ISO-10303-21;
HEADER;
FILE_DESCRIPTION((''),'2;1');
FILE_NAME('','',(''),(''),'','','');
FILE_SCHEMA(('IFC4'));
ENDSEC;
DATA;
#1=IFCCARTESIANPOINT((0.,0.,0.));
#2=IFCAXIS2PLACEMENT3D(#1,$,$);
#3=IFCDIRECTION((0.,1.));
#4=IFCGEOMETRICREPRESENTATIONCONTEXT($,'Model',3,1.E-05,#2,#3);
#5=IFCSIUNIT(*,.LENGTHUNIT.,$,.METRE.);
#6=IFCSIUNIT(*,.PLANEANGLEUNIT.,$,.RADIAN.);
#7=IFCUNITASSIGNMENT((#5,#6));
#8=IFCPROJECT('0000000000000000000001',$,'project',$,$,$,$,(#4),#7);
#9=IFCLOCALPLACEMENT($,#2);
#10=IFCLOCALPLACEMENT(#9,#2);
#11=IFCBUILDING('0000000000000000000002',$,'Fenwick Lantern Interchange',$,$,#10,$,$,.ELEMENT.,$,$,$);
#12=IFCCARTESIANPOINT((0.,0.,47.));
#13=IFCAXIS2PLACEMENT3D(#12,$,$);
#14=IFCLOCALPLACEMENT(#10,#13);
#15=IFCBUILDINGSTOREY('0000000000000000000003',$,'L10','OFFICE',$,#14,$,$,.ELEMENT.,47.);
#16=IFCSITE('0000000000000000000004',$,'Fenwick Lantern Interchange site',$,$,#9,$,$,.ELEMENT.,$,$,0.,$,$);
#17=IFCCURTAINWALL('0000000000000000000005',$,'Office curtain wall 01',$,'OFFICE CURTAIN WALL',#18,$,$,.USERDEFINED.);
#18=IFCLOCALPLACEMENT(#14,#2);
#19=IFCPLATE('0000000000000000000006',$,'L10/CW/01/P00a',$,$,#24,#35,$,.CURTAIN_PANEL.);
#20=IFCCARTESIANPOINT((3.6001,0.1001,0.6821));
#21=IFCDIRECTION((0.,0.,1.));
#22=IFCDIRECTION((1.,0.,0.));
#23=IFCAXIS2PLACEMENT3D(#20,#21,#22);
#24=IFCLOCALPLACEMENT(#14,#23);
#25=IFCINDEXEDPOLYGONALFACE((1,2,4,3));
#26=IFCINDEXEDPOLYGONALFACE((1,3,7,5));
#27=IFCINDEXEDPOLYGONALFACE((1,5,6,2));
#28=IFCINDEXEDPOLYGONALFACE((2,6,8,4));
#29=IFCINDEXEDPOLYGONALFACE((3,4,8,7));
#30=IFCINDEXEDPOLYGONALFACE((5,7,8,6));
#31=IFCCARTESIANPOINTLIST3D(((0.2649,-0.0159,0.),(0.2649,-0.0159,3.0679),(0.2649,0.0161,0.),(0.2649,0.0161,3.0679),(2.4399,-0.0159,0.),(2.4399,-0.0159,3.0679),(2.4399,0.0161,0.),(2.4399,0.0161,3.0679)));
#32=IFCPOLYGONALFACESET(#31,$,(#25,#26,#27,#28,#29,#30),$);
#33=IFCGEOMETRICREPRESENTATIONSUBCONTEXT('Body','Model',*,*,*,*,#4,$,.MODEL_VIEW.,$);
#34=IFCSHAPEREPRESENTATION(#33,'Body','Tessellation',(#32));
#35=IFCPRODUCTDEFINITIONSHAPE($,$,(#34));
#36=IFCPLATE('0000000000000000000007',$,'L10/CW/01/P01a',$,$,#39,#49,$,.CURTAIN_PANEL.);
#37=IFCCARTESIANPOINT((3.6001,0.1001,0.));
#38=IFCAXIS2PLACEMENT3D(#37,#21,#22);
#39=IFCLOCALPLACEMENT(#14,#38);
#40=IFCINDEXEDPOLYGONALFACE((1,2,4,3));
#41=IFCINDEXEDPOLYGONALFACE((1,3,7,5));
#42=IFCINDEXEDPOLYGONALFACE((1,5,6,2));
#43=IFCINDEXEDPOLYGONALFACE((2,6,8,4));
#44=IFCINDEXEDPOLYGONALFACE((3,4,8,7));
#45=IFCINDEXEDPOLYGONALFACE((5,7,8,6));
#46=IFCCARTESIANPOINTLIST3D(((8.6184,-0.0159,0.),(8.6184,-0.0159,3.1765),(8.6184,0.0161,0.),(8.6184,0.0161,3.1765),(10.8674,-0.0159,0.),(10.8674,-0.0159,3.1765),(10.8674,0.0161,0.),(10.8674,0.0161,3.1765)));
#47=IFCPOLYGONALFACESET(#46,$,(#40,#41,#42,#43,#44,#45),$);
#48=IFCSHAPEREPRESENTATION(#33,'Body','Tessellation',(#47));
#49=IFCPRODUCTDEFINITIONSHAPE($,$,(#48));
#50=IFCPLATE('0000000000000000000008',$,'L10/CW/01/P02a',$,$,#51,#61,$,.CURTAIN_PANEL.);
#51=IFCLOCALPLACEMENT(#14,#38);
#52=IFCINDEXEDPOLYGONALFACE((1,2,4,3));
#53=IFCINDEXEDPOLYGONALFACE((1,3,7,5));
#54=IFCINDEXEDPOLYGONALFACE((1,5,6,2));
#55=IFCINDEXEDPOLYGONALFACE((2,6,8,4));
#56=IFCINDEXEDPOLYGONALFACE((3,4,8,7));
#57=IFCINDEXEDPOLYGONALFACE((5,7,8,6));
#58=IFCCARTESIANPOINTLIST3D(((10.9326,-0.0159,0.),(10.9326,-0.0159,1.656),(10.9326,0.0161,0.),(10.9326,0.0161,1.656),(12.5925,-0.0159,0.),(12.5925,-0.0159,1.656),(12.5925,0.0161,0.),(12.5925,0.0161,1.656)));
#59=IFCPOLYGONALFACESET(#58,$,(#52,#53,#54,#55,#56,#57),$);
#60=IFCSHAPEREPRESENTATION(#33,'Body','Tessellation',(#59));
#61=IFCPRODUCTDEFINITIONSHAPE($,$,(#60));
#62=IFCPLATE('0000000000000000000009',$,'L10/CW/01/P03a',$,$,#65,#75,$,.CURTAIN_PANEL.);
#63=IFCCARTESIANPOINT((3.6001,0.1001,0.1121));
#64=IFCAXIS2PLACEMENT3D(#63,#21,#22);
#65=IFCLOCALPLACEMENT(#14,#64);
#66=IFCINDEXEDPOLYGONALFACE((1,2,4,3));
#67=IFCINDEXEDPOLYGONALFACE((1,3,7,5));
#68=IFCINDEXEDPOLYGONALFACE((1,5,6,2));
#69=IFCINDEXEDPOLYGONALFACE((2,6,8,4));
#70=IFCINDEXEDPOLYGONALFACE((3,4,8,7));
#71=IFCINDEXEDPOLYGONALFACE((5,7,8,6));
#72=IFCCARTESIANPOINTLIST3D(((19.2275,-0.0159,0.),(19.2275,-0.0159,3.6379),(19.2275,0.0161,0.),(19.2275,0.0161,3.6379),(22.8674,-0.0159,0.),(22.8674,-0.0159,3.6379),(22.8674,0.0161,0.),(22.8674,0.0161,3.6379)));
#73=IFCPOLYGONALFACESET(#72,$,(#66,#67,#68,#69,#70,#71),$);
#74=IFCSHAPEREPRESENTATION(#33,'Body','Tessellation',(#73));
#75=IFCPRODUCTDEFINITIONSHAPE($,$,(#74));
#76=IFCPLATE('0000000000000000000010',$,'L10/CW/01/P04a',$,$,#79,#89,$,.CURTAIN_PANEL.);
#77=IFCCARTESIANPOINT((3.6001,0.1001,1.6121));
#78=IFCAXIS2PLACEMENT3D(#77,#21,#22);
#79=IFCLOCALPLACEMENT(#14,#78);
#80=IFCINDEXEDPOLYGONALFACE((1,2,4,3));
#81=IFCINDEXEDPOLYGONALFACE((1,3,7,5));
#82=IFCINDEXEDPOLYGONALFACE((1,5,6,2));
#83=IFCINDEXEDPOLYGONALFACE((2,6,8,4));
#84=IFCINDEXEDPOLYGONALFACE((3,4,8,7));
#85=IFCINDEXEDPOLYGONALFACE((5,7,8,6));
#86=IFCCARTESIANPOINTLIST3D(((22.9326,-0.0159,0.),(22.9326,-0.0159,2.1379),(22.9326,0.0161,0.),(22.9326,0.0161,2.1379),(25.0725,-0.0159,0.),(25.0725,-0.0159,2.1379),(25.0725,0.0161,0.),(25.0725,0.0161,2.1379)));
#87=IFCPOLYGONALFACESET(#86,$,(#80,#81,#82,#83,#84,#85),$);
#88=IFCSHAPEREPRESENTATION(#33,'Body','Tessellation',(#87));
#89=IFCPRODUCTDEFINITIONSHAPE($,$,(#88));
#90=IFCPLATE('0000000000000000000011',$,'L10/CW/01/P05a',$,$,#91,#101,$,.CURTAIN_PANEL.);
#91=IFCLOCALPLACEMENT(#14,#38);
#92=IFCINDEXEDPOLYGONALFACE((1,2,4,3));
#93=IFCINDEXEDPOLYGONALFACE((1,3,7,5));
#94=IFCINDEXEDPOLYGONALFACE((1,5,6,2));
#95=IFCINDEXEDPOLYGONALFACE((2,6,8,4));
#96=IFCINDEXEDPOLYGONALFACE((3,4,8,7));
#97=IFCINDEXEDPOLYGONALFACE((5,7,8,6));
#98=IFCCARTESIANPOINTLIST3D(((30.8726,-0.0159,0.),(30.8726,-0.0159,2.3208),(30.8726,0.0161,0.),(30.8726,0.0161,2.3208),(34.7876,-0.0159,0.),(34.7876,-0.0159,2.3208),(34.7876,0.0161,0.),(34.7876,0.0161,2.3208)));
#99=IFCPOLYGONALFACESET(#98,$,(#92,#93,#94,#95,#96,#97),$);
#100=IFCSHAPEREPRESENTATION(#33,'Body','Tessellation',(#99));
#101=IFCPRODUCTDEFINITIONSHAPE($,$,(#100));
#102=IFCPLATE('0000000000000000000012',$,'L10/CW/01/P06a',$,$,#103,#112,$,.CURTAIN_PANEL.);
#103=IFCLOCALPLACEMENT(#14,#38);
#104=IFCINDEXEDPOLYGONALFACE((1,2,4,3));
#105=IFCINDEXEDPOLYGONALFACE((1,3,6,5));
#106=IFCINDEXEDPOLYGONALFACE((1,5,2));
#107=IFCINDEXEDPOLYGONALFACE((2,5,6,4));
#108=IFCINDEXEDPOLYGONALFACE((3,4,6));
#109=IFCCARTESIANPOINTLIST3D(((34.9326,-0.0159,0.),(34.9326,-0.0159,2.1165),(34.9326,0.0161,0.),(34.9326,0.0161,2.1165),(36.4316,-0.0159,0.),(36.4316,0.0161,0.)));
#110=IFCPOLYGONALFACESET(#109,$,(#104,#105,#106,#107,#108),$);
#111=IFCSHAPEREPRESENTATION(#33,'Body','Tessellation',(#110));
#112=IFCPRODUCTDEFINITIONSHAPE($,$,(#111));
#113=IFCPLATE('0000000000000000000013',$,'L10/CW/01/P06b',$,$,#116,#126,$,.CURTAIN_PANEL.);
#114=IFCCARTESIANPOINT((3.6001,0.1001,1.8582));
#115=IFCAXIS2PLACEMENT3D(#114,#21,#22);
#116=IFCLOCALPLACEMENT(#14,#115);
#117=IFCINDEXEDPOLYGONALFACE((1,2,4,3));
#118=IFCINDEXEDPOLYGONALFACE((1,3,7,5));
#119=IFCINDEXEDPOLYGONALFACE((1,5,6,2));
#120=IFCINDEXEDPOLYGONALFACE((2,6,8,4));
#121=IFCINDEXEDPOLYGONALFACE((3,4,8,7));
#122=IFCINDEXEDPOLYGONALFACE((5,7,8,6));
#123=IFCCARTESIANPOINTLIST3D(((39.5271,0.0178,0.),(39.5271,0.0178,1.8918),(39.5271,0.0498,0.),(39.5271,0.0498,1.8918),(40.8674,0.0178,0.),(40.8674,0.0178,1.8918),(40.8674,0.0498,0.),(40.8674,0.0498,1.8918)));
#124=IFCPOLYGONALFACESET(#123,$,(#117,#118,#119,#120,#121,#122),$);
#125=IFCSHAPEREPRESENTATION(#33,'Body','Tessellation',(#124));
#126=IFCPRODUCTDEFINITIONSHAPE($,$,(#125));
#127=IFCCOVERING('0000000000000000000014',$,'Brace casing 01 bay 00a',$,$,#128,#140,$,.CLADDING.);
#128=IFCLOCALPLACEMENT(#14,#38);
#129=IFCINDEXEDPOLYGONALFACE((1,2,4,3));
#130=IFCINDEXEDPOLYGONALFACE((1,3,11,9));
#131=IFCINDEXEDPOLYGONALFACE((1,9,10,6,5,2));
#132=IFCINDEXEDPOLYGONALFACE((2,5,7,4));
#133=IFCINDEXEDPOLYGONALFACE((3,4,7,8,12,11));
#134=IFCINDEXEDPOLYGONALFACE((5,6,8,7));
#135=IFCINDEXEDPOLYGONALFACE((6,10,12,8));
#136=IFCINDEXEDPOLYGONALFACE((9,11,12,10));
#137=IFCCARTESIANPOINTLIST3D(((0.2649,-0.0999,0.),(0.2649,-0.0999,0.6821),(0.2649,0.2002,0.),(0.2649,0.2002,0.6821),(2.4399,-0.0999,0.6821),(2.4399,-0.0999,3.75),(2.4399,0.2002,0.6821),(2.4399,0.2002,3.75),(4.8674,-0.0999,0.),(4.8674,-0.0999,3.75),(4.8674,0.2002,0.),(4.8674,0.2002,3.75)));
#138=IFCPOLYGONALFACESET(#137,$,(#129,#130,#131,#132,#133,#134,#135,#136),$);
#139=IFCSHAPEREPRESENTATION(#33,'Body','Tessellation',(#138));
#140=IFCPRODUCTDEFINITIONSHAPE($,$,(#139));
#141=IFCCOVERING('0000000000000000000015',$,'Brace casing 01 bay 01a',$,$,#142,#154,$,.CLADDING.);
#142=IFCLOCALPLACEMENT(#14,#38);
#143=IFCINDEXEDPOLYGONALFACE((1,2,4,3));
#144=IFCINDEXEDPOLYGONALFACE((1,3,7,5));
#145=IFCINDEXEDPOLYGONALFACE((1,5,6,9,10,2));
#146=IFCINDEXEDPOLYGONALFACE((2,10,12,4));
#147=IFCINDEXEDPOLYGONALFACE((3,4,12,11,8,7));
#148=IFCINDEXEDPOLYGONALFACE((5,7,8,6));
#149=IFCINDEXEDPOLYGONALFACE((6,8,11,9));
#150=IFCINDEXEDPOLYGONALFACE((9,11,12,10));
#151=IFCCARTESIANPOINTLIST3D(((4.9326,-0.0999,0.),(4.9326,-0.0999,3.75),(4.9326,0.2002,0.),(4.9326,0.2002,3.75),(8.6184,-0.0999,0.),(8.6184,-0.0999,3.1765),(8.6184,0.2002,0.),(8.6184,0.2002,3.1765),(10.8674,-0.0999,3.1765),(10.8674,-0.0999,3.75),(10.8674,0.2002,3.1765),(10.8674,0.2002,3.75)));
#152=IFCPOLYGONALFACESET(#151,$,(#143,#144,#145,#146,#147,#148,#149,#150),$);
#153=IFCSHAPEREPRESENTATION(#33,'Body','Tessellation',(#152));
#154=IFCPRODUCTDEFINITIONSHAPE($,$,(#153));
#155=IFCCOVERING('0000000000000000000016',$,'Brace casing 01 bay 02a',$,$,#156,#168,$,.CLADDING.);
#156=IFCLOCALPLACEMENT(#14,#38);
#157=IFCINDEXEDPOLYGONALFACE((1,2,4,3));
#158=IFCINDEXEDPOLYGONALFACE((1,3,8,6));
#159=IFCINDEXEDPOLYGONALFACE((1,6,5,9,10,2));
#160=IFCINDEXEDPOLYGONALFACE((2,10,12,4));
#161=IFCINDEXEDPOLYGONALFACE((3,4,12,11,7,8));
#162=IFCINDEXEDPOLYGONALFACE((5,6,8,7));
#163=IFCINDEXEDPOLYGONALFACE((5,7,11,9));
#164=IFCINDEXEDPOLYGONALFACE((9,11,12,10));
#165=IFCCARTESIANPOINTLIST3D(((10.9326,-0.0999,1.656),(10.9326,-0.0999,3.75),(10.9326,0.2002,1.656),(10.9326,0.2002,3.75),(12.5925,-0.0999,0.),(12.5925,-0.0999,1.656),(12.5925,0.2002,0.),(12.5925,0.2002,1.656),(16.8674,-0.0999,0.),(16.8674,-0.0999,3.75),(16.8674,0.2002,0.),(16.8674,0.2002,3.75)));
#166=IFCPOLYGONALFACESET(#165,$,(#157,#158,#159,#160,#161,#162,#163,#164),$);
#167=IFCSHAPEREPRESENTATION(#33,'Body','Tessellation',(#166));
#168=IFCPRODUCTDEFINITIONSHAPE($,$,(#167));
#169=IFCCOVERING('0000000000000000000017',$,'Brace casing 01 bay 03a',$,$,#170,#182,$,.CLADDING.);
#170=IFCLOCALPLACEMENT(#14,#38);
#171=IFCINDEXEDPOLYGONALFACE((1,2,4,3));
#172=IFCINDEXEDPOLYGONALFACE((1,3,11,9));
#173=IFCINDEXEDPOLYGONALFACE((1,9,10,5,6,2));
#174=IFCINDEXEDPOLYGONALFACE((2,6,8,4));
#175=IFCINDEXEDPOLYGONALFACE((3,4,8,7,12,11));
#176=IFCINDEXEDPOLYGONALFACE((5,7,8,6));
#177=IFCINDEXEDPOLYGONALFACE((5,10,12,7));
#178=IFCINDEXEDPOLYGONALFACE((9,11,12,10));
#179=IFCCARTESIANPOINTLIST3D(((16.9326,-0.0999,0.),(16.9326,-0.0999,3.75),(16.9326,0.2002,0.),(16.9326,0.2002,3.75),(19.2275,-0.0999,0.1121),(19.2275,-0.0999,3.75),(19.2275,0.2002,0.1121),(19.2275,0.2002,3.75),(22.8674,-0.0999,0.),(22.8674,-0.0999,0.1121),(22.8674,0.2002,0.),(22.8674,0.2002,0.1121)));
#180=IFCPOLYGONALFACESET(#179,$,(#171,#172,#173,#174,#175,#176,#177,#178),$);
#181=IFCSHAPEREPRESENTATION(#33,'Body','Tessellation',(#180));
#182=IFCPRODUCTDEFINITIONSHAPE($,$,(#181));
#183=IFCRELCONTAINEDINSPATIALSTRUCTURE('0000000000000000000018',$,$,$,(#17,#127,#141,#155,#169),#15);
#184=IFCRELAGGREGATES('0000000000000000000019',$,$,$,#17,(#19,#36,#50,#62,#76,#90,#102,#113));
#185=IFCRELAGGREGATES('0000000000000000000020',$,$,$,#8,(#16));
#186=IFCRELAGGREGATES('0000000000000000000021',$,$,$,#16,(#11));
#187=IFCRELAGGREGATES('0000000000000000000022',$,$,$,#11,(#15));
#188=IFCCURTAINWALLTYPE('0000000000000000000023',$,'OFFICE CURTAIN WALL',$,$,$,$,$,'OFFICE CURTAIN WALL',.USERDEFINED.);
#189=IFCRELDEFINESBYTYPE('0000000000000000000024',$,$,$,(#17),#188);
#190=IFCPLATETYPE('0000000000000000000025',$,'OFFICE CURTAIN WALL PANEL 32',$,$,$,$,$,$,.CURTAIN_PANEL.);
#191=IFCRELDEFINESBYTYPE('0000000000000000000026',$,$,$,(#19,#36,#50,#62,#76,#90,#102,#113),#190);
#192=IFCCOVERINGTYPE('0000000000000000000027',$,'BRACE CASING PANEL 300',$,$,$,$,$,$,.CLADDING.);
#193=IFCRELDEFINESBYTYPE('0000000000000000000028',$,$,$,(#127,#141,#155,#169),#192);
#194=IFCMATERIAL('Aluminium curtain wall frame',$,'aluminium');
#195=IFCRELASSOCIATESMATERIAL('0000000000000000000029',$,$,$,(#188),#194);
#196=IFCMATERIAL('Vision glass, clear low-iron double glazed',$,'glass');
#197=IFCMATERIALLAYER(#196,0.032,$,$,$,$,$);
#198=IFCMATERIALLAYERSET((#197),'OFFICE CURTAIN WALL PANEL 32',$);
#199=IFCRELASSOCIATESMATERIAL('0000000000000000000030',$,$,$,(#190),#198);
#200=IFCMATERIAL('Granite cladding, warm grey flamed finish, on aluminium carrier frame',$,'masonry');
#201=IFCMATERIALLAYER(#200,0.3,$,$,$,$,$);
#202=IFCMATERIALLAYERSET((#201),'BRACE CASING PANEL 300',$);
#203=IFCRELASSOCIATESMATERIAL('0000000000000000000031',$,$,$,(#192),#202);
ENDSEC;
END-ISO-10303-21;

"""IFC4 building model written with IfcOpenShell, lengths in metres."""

from ifc_helpers import new_model, si_unit, direction, frame, origin, place, context, subcontext, project, spatial, polyline, outline, extrude, material, layer, layer_set, type_object, element, aggregate, save


model = new_model("IFC4")

# Units and contexts
model_context = context("Model", 3, precision=1e-05, world=origin(), true_north=direction((0.0, 1.0)))
body_context = subcontext(model_context, "Body", "Model", "MODEL_VIEW")
ifc_project = project(units=[si_unit("LENGTHUNIT", "METRE"), si_unit("PLANEANGLEUNIT", "RADIAN")], contexts=[model_context])

# Site, building, storey
site_placement = place(None, origin())
site = spatial("IfcSite", under=ifc_project, at=site_placement, Name="Fenwick Lantern Interchange site", CompositionType="ELEMENT", RefElevation=0.0)
building_placement = place(site_placement, origin())
building = spatial("IfcBuilding", under=site, at=building_placement, Name="Fenwick Lantern Interchange", CompositionType="ELEMENT")
storey_placement = place(building_placement, frame((0.0, 0.0, 47.0)))
storey = spatial("IfcBuildingStorey", under=building, at=storey_placement, Name="L10", Description="OFFICE", CompositionType="ELEMENT", Elevation=47.0)

# Shared definitions
ifc_material_1 = material(Name="Aluminium curtain wall frame", Category="aluminium")
curtain_wall_type = type_object("IfcCurtainWallType", Name="OFFICE CURTAIN WALL", ElementType="OFFICE CURTAIN WALL", PredefinedType="USERDEFINED", material=ifc_material_1)

# Curtain wall, plates
curtain_wall_1_placement = place(storey_placement, origin())
curtain_wall_1 = element("IfcCurtainWall", 1, at=curtain_wall_1_placement, inside=storey, type_object=curtain_wall_type, Name="Office curtain wall 01", ObjectType="OFFICE CURTAIN WALL", PredefinedType="USERDEFINED")
ifc_material_2 = material(Name="Vision glass, clear low-iron double glazed", Category="glass")
ifc_layer_1 = layer(ifc_material_2, 0.032)
ifc_layer_set_1 = layer_set([ifc_layer_1], Name="OFFICE CURTAIN WALL PANEL 32")
plate_type = type_object("IfcPlateType", Name="OFFICE CURTAIN WALL PANEL 32", PredefinedType="CURTAIN_PANEL", material=ifc_layer_set_1)
plate_1_placement = place(storey_placement, frame((3.6001, 0.1001, 0.6821), z_axis=(0.0, 0.0, 1.0), x_axis=(1.0, 0.0, 0.0)))
plate_1 = element("IfcPlate", 2, at=plate_1_placement, type_object=plate_type, Name="L10/CW/01/P00a", PredefinedType="CURTAIN_PANEL", context=body_context, shape_type="SweptSolid", body=[
    extrude(outline(polyline([(0.2649, 0.0), (2.4399, 0.0), (2.4399, 3.0679), (0.2649, 3.0679), (0.2649, 0.0)])), frame((0.0, 0.0161, 0.0), z_axis=(0.0, -1.0, 0.0), x_axis=(1.0, 0.0, 0.0)), (0.0, 0.0, 1.0), 0.032),
])
plate_2_placement = place(storey_placement, frame((3.6001, 0.1001, 0.0), z_axis=(0.0, 0.0, 1.0), x_axis=(1.0, 0.0, 0.0)))
plate_2 = element("IfcPlate", 3, at=plate_2_placement, type_object=plate_type, Name="L10/CW/01/P01a", PredefinedType="CURTAIN_PANEL", context=body_context, shape_type="SweptSolid", body=[
    extrude(outline(polyline([(8.6184, 0.0), (10.8674, 0.0), (10.8674, 3.1765), (8.6184, 3.1765), (8.6184, 0.0)])), frame((0.0, 0.0161, 0.0), z_axis=(0.0, -1.0, 0.0), x_axis=(1.0, 0.0, 0.0)), (0.0, 0.0, 1.0), 0.032),
])
plate_3_placement = place(storey_placement, frame((3.6001, 0.1001, 0.0), z_axis=(0.0, 0.0, 1.0), x_axis=(1.0, 0.0, 0.0)))
plate_3 = element("IfcPlate", 4, at=plate_3_placement, type_object=plate_type, Name="L10/CW/01/P02a", PredefinedType="CURTAIN_PANEL", context=body_context, shape_type="SweptSolid", body=[
    extrude(outline(polyline([(10.9326, 0.0), (12.5925, 0.0), (12.5925, 1.656), (10.9326, 1.656), (10.9326, 0.0)])), frame((0.0, 0.0161, 0.0), z_axis=(0.0, -1.0, 0.0), x_axis=(1.0, 0.0, 0.0)), (0.0, 0.0, 1.0), 0.032),
])
plate_4_placement = place(storey_placement, frame((3.6001, 0.1001, 0.1121), z_axis=(0.0, 0.0, 1.0), x_axis=(1.0, 0.0, 0.0)))
plate_4 = element("IfcPlate", 5, at=plate_4_placement, type_object=plate_type, Name="L10/CW/01/P03a", PredefinedType="CURTAIN_PANEL", context=body_context, shape_type="SweptSolid", body=[
    extrude(outline(polyline([(19.2275, 0.0), (22.8674, 0.0), (22.8674, 3.6379), (19.2275, 3.6379), (19.2275, 0.0)])), frame((0.0, 0.0161, 0.0), z_axis=(0.0, -1.0, 0.0), x_axis=(1.0, 0.0, 0.0)), (0.0, 0.0, 1.0), 0.032),
])
plate_5_placement = place(storey_placement, frame((3.6001, 0.1001, 1.6121), z_axis=(0.0, 0.0, 1.0), x_axis=(1.0, 0.0, 0.0)))
plate_5 = element("IfcPlate", 6, at=plate_5_placement, type_object=plate_type, Name="L10/CW/01/P04a", PredefinedType="CURTAIN_PANEL", context=body_context, shape_type="SweptSolid", body=[
    extrude(outline(polyline([(22.9326, 0.0), (25.0725, 0.0), (25.0725, 2.1379), (22.9326, 2.1379), (22.9326, 0.0)])), frame((0.0, 0.0161, 0.0), z_axis=(0.0, -1.0, 0.0), x_axis=(1.0, 0.0, 0.0)), (0.0, 0.0, 1.0), 0.032),
])
plate_6_placement = place(storey_placement, frame((3.6001, 0.1001, 0.0), z_axis=(0.0, 0.0, 1.0), x_axis=(1.0, 0.0, 0.0)))
plate_6 = element("IfcPlate", 7, at=plate_6_placement, type_object=plate_type, Name="L10/CW/01/P05a", PredefinedType="CURTAIN_PANEL", context=body_context, shape_type="SweptSolid", body=[
    extrude(outline(polyline([(30.8726, 0.0), (34.7876, 0.0), (34.7876, 2.3208), (30.8726, 2.3208), (30.8726, 0.0)])), frame((0.0, 0.0161, 0.0), z_axis=(0.0, -1.0, 0.0), x_axis=(1.0, 0.0, 0.0)), (0.0, 0.0, 1.0), 0.032),
])
plate_7_placement = place(storey_placement, frame((3.6001, 0.1001, 0.0), z_axis=(0.0, 0.0, 1.0), x_axis=(1.0, 0.0, 0.0)))
plate_7 = element("IfcPlate", 8, at=plate_7_placement, type_object=plate_type, Name="L10/CW/01/P06a", PredefinedType="CURTAIN_PANEL", context=body_context, shape_type="SweptSolid", body=[
    extrude(outline(polyline([(34.9326, 0.0), (36.4316, 0.0), (34.9326, 2.1165), (34.9326, 0.0)])), frame((0.0, 0.0161, 0.0), z_axis=(0.0, -1.0, 0.0), x_axis=(1.0, 0.0, 0.0)), (0.0, 0.0, 1.0), 0.032),
])
plate_8_placement = place(storey_placement, frame((3.6001, 0.1001, 1.8582), z_axis=(0.0, 0.0, 1.0), x_axis=(1.0, 0.0, 0.0)))
plate_8 = element("IfcPlate", 9, at=plate_8_placement, type_object=plate_type, Name="L10/CW/01/P06b", PredefinedType="CURTAIN_PANEL", context=body_context, shape_type="SweptSolid", body=[
    extrude(outline(polyline([(39.5271, 0.0), (40.8674, 0.0), (40.8674, 1.8918), (39.5271, 1.8918), (39.5271, 0.0)])), frame((0.0, 0.0498, 0.0), z_axis=(0.0, -1.0, 0.0), x_axis=(1.0, 0.0, 0.0)), (0.0, 0.0, 1.0), 0.032),
])
aggregate(curtain_wall_1, [plate_1, plate_2, plate_3, plate_4, plate_5, plate_6, plate_7, plate_8])

# Coverings
ifc_material_3 = material(Name="Granite cladding, warm grey flamed finish, on aluminium carrier frame", Category="masonry")
ifc_layer_2 = layer(ifc_material_3, 0.3)
ifc_layer_set_2 = layer_set([ifc_layer_2], Name="BRACE CASING PANEL 300")
covering_type = type_object("IfcCoveringType", Name="BRACE CASING PANEL 300", PredefinedType="CLADDING", material=ifc_layer_set_2)
covering_1_placement = place(storey_placement, frame((3.6001, 0.1001, 0.0), z_axis=(0.0, 0.0, 1.0), x_axis=(1.0, 0.0, 0.0)))
element("IfcCovering", 10, at=covering_1_placement, inside=storey, type_object=covering_type, Name="Brace casing 01 bay 00a", PredefinedType="CLADDING", context=body_context, shape_type="SweptSolid", body=[
    extrude(outline(polyline([(0.2649, 0.0), (4.8674, 0.0), (4.8674, 3.75), (2.4399, 3.75), (2.4399, 0.6821), (0.2649, 0.6821), (0.2649, 0.0)])), frame((0.0, 0.2002, 0.0), z_axis=(0.0, -1.0, 0.0), x_axis=(1.0, 0.0, 0.0)), (0.0, 0.0, 1.0), 0.3),
])
covering_2_placement = place(storey_placement, frame((3.6001, 0.1001, 0.0), z_axis=(0.0, 0.0, 1.0), x_axis=(1.0, 0.0, 0.0)))
element("IfcCovering", 11, at=covering_2_placement, inside=storey, type_object=covering_type, Name="Brace casing 01 bay 01a", PredefinedType="CLADDING", context=body_context, shape_type="SweptSolid", body=[
    extrude(outline(polyline([(4.9326, 0.0), (8.6184, 0.0), (8.6184, 3.1765), (10.8674, 3.1765), (10.8674, 3.75), (4.9326, 3.75), (4.9326, 0.0)])), frame((0.0, 0.2002, 0.0), z_axis=(0.0, -1.0, 0.0), x_axis=(1.0, 0.0, 0.0)), (0.0, 0.0, 1.0), 0.3),
])
covering_3_placement = place(storey_placement, frame((3.6001, 0.1001, 0.0), z_axis=(0.0, 0.0, 1.0), x_axis=(1.0, 0.0, 0.0)))
element("IfcCovering", 12, at=covering_3_placement, inside=storey, type_object=covering_type, Name="Brace casing 01 bay 02a", PredefinedType="CLADDING", context=body_context, shape_type="SweptSolid", body=[
    extrude(outline(polyline([(12.5925, 0.0), (16.8674, 0.0), (16.8674, 3.75), (10.9326, 3.75), (10.9326, 1.656), (12.5925, 1.656), (12.5925, 0.0)])), frame((0.0, 0.2002, 0.0), z_axis=(0.0, -1.0, 0.0), x_axis=(1.0, 0.0, 0.0)), (0.0, 0.0, 1.0), 0.3),
])
covering_4_placement = place(storey_placement, frame((3.6001, 0.1001, 0.0), z_axis=(0.0, 0.0, 1.0), x_axis=(1.0, 0.0, 0.0)))
element("IfcCovering", 13, at=covering_4_placement, inside=storey, type_object=covering_type, Name="Brace casing 01 bay 03a", PredefinedType="CLADDING", context=body_context, shape_type="SweptSolid", body=[
    extrude(outline(polyline([(16.9326, 0.0), (22.8674, 0.0), (22.8674, 0.1121), (19.2275, 0.1121), (19.2275, 3.75), (16.9326, 3.75), (16.9326, 0.0)])), frame((0.0, 0.2002, 0.0), z_axis=(0.0, -1.0, 0.0), x_axis=(1.0, 0.0, 0.0)), (0.0, 0.0, 1.0), 0.3),
])

save(model, "model.ifc")
